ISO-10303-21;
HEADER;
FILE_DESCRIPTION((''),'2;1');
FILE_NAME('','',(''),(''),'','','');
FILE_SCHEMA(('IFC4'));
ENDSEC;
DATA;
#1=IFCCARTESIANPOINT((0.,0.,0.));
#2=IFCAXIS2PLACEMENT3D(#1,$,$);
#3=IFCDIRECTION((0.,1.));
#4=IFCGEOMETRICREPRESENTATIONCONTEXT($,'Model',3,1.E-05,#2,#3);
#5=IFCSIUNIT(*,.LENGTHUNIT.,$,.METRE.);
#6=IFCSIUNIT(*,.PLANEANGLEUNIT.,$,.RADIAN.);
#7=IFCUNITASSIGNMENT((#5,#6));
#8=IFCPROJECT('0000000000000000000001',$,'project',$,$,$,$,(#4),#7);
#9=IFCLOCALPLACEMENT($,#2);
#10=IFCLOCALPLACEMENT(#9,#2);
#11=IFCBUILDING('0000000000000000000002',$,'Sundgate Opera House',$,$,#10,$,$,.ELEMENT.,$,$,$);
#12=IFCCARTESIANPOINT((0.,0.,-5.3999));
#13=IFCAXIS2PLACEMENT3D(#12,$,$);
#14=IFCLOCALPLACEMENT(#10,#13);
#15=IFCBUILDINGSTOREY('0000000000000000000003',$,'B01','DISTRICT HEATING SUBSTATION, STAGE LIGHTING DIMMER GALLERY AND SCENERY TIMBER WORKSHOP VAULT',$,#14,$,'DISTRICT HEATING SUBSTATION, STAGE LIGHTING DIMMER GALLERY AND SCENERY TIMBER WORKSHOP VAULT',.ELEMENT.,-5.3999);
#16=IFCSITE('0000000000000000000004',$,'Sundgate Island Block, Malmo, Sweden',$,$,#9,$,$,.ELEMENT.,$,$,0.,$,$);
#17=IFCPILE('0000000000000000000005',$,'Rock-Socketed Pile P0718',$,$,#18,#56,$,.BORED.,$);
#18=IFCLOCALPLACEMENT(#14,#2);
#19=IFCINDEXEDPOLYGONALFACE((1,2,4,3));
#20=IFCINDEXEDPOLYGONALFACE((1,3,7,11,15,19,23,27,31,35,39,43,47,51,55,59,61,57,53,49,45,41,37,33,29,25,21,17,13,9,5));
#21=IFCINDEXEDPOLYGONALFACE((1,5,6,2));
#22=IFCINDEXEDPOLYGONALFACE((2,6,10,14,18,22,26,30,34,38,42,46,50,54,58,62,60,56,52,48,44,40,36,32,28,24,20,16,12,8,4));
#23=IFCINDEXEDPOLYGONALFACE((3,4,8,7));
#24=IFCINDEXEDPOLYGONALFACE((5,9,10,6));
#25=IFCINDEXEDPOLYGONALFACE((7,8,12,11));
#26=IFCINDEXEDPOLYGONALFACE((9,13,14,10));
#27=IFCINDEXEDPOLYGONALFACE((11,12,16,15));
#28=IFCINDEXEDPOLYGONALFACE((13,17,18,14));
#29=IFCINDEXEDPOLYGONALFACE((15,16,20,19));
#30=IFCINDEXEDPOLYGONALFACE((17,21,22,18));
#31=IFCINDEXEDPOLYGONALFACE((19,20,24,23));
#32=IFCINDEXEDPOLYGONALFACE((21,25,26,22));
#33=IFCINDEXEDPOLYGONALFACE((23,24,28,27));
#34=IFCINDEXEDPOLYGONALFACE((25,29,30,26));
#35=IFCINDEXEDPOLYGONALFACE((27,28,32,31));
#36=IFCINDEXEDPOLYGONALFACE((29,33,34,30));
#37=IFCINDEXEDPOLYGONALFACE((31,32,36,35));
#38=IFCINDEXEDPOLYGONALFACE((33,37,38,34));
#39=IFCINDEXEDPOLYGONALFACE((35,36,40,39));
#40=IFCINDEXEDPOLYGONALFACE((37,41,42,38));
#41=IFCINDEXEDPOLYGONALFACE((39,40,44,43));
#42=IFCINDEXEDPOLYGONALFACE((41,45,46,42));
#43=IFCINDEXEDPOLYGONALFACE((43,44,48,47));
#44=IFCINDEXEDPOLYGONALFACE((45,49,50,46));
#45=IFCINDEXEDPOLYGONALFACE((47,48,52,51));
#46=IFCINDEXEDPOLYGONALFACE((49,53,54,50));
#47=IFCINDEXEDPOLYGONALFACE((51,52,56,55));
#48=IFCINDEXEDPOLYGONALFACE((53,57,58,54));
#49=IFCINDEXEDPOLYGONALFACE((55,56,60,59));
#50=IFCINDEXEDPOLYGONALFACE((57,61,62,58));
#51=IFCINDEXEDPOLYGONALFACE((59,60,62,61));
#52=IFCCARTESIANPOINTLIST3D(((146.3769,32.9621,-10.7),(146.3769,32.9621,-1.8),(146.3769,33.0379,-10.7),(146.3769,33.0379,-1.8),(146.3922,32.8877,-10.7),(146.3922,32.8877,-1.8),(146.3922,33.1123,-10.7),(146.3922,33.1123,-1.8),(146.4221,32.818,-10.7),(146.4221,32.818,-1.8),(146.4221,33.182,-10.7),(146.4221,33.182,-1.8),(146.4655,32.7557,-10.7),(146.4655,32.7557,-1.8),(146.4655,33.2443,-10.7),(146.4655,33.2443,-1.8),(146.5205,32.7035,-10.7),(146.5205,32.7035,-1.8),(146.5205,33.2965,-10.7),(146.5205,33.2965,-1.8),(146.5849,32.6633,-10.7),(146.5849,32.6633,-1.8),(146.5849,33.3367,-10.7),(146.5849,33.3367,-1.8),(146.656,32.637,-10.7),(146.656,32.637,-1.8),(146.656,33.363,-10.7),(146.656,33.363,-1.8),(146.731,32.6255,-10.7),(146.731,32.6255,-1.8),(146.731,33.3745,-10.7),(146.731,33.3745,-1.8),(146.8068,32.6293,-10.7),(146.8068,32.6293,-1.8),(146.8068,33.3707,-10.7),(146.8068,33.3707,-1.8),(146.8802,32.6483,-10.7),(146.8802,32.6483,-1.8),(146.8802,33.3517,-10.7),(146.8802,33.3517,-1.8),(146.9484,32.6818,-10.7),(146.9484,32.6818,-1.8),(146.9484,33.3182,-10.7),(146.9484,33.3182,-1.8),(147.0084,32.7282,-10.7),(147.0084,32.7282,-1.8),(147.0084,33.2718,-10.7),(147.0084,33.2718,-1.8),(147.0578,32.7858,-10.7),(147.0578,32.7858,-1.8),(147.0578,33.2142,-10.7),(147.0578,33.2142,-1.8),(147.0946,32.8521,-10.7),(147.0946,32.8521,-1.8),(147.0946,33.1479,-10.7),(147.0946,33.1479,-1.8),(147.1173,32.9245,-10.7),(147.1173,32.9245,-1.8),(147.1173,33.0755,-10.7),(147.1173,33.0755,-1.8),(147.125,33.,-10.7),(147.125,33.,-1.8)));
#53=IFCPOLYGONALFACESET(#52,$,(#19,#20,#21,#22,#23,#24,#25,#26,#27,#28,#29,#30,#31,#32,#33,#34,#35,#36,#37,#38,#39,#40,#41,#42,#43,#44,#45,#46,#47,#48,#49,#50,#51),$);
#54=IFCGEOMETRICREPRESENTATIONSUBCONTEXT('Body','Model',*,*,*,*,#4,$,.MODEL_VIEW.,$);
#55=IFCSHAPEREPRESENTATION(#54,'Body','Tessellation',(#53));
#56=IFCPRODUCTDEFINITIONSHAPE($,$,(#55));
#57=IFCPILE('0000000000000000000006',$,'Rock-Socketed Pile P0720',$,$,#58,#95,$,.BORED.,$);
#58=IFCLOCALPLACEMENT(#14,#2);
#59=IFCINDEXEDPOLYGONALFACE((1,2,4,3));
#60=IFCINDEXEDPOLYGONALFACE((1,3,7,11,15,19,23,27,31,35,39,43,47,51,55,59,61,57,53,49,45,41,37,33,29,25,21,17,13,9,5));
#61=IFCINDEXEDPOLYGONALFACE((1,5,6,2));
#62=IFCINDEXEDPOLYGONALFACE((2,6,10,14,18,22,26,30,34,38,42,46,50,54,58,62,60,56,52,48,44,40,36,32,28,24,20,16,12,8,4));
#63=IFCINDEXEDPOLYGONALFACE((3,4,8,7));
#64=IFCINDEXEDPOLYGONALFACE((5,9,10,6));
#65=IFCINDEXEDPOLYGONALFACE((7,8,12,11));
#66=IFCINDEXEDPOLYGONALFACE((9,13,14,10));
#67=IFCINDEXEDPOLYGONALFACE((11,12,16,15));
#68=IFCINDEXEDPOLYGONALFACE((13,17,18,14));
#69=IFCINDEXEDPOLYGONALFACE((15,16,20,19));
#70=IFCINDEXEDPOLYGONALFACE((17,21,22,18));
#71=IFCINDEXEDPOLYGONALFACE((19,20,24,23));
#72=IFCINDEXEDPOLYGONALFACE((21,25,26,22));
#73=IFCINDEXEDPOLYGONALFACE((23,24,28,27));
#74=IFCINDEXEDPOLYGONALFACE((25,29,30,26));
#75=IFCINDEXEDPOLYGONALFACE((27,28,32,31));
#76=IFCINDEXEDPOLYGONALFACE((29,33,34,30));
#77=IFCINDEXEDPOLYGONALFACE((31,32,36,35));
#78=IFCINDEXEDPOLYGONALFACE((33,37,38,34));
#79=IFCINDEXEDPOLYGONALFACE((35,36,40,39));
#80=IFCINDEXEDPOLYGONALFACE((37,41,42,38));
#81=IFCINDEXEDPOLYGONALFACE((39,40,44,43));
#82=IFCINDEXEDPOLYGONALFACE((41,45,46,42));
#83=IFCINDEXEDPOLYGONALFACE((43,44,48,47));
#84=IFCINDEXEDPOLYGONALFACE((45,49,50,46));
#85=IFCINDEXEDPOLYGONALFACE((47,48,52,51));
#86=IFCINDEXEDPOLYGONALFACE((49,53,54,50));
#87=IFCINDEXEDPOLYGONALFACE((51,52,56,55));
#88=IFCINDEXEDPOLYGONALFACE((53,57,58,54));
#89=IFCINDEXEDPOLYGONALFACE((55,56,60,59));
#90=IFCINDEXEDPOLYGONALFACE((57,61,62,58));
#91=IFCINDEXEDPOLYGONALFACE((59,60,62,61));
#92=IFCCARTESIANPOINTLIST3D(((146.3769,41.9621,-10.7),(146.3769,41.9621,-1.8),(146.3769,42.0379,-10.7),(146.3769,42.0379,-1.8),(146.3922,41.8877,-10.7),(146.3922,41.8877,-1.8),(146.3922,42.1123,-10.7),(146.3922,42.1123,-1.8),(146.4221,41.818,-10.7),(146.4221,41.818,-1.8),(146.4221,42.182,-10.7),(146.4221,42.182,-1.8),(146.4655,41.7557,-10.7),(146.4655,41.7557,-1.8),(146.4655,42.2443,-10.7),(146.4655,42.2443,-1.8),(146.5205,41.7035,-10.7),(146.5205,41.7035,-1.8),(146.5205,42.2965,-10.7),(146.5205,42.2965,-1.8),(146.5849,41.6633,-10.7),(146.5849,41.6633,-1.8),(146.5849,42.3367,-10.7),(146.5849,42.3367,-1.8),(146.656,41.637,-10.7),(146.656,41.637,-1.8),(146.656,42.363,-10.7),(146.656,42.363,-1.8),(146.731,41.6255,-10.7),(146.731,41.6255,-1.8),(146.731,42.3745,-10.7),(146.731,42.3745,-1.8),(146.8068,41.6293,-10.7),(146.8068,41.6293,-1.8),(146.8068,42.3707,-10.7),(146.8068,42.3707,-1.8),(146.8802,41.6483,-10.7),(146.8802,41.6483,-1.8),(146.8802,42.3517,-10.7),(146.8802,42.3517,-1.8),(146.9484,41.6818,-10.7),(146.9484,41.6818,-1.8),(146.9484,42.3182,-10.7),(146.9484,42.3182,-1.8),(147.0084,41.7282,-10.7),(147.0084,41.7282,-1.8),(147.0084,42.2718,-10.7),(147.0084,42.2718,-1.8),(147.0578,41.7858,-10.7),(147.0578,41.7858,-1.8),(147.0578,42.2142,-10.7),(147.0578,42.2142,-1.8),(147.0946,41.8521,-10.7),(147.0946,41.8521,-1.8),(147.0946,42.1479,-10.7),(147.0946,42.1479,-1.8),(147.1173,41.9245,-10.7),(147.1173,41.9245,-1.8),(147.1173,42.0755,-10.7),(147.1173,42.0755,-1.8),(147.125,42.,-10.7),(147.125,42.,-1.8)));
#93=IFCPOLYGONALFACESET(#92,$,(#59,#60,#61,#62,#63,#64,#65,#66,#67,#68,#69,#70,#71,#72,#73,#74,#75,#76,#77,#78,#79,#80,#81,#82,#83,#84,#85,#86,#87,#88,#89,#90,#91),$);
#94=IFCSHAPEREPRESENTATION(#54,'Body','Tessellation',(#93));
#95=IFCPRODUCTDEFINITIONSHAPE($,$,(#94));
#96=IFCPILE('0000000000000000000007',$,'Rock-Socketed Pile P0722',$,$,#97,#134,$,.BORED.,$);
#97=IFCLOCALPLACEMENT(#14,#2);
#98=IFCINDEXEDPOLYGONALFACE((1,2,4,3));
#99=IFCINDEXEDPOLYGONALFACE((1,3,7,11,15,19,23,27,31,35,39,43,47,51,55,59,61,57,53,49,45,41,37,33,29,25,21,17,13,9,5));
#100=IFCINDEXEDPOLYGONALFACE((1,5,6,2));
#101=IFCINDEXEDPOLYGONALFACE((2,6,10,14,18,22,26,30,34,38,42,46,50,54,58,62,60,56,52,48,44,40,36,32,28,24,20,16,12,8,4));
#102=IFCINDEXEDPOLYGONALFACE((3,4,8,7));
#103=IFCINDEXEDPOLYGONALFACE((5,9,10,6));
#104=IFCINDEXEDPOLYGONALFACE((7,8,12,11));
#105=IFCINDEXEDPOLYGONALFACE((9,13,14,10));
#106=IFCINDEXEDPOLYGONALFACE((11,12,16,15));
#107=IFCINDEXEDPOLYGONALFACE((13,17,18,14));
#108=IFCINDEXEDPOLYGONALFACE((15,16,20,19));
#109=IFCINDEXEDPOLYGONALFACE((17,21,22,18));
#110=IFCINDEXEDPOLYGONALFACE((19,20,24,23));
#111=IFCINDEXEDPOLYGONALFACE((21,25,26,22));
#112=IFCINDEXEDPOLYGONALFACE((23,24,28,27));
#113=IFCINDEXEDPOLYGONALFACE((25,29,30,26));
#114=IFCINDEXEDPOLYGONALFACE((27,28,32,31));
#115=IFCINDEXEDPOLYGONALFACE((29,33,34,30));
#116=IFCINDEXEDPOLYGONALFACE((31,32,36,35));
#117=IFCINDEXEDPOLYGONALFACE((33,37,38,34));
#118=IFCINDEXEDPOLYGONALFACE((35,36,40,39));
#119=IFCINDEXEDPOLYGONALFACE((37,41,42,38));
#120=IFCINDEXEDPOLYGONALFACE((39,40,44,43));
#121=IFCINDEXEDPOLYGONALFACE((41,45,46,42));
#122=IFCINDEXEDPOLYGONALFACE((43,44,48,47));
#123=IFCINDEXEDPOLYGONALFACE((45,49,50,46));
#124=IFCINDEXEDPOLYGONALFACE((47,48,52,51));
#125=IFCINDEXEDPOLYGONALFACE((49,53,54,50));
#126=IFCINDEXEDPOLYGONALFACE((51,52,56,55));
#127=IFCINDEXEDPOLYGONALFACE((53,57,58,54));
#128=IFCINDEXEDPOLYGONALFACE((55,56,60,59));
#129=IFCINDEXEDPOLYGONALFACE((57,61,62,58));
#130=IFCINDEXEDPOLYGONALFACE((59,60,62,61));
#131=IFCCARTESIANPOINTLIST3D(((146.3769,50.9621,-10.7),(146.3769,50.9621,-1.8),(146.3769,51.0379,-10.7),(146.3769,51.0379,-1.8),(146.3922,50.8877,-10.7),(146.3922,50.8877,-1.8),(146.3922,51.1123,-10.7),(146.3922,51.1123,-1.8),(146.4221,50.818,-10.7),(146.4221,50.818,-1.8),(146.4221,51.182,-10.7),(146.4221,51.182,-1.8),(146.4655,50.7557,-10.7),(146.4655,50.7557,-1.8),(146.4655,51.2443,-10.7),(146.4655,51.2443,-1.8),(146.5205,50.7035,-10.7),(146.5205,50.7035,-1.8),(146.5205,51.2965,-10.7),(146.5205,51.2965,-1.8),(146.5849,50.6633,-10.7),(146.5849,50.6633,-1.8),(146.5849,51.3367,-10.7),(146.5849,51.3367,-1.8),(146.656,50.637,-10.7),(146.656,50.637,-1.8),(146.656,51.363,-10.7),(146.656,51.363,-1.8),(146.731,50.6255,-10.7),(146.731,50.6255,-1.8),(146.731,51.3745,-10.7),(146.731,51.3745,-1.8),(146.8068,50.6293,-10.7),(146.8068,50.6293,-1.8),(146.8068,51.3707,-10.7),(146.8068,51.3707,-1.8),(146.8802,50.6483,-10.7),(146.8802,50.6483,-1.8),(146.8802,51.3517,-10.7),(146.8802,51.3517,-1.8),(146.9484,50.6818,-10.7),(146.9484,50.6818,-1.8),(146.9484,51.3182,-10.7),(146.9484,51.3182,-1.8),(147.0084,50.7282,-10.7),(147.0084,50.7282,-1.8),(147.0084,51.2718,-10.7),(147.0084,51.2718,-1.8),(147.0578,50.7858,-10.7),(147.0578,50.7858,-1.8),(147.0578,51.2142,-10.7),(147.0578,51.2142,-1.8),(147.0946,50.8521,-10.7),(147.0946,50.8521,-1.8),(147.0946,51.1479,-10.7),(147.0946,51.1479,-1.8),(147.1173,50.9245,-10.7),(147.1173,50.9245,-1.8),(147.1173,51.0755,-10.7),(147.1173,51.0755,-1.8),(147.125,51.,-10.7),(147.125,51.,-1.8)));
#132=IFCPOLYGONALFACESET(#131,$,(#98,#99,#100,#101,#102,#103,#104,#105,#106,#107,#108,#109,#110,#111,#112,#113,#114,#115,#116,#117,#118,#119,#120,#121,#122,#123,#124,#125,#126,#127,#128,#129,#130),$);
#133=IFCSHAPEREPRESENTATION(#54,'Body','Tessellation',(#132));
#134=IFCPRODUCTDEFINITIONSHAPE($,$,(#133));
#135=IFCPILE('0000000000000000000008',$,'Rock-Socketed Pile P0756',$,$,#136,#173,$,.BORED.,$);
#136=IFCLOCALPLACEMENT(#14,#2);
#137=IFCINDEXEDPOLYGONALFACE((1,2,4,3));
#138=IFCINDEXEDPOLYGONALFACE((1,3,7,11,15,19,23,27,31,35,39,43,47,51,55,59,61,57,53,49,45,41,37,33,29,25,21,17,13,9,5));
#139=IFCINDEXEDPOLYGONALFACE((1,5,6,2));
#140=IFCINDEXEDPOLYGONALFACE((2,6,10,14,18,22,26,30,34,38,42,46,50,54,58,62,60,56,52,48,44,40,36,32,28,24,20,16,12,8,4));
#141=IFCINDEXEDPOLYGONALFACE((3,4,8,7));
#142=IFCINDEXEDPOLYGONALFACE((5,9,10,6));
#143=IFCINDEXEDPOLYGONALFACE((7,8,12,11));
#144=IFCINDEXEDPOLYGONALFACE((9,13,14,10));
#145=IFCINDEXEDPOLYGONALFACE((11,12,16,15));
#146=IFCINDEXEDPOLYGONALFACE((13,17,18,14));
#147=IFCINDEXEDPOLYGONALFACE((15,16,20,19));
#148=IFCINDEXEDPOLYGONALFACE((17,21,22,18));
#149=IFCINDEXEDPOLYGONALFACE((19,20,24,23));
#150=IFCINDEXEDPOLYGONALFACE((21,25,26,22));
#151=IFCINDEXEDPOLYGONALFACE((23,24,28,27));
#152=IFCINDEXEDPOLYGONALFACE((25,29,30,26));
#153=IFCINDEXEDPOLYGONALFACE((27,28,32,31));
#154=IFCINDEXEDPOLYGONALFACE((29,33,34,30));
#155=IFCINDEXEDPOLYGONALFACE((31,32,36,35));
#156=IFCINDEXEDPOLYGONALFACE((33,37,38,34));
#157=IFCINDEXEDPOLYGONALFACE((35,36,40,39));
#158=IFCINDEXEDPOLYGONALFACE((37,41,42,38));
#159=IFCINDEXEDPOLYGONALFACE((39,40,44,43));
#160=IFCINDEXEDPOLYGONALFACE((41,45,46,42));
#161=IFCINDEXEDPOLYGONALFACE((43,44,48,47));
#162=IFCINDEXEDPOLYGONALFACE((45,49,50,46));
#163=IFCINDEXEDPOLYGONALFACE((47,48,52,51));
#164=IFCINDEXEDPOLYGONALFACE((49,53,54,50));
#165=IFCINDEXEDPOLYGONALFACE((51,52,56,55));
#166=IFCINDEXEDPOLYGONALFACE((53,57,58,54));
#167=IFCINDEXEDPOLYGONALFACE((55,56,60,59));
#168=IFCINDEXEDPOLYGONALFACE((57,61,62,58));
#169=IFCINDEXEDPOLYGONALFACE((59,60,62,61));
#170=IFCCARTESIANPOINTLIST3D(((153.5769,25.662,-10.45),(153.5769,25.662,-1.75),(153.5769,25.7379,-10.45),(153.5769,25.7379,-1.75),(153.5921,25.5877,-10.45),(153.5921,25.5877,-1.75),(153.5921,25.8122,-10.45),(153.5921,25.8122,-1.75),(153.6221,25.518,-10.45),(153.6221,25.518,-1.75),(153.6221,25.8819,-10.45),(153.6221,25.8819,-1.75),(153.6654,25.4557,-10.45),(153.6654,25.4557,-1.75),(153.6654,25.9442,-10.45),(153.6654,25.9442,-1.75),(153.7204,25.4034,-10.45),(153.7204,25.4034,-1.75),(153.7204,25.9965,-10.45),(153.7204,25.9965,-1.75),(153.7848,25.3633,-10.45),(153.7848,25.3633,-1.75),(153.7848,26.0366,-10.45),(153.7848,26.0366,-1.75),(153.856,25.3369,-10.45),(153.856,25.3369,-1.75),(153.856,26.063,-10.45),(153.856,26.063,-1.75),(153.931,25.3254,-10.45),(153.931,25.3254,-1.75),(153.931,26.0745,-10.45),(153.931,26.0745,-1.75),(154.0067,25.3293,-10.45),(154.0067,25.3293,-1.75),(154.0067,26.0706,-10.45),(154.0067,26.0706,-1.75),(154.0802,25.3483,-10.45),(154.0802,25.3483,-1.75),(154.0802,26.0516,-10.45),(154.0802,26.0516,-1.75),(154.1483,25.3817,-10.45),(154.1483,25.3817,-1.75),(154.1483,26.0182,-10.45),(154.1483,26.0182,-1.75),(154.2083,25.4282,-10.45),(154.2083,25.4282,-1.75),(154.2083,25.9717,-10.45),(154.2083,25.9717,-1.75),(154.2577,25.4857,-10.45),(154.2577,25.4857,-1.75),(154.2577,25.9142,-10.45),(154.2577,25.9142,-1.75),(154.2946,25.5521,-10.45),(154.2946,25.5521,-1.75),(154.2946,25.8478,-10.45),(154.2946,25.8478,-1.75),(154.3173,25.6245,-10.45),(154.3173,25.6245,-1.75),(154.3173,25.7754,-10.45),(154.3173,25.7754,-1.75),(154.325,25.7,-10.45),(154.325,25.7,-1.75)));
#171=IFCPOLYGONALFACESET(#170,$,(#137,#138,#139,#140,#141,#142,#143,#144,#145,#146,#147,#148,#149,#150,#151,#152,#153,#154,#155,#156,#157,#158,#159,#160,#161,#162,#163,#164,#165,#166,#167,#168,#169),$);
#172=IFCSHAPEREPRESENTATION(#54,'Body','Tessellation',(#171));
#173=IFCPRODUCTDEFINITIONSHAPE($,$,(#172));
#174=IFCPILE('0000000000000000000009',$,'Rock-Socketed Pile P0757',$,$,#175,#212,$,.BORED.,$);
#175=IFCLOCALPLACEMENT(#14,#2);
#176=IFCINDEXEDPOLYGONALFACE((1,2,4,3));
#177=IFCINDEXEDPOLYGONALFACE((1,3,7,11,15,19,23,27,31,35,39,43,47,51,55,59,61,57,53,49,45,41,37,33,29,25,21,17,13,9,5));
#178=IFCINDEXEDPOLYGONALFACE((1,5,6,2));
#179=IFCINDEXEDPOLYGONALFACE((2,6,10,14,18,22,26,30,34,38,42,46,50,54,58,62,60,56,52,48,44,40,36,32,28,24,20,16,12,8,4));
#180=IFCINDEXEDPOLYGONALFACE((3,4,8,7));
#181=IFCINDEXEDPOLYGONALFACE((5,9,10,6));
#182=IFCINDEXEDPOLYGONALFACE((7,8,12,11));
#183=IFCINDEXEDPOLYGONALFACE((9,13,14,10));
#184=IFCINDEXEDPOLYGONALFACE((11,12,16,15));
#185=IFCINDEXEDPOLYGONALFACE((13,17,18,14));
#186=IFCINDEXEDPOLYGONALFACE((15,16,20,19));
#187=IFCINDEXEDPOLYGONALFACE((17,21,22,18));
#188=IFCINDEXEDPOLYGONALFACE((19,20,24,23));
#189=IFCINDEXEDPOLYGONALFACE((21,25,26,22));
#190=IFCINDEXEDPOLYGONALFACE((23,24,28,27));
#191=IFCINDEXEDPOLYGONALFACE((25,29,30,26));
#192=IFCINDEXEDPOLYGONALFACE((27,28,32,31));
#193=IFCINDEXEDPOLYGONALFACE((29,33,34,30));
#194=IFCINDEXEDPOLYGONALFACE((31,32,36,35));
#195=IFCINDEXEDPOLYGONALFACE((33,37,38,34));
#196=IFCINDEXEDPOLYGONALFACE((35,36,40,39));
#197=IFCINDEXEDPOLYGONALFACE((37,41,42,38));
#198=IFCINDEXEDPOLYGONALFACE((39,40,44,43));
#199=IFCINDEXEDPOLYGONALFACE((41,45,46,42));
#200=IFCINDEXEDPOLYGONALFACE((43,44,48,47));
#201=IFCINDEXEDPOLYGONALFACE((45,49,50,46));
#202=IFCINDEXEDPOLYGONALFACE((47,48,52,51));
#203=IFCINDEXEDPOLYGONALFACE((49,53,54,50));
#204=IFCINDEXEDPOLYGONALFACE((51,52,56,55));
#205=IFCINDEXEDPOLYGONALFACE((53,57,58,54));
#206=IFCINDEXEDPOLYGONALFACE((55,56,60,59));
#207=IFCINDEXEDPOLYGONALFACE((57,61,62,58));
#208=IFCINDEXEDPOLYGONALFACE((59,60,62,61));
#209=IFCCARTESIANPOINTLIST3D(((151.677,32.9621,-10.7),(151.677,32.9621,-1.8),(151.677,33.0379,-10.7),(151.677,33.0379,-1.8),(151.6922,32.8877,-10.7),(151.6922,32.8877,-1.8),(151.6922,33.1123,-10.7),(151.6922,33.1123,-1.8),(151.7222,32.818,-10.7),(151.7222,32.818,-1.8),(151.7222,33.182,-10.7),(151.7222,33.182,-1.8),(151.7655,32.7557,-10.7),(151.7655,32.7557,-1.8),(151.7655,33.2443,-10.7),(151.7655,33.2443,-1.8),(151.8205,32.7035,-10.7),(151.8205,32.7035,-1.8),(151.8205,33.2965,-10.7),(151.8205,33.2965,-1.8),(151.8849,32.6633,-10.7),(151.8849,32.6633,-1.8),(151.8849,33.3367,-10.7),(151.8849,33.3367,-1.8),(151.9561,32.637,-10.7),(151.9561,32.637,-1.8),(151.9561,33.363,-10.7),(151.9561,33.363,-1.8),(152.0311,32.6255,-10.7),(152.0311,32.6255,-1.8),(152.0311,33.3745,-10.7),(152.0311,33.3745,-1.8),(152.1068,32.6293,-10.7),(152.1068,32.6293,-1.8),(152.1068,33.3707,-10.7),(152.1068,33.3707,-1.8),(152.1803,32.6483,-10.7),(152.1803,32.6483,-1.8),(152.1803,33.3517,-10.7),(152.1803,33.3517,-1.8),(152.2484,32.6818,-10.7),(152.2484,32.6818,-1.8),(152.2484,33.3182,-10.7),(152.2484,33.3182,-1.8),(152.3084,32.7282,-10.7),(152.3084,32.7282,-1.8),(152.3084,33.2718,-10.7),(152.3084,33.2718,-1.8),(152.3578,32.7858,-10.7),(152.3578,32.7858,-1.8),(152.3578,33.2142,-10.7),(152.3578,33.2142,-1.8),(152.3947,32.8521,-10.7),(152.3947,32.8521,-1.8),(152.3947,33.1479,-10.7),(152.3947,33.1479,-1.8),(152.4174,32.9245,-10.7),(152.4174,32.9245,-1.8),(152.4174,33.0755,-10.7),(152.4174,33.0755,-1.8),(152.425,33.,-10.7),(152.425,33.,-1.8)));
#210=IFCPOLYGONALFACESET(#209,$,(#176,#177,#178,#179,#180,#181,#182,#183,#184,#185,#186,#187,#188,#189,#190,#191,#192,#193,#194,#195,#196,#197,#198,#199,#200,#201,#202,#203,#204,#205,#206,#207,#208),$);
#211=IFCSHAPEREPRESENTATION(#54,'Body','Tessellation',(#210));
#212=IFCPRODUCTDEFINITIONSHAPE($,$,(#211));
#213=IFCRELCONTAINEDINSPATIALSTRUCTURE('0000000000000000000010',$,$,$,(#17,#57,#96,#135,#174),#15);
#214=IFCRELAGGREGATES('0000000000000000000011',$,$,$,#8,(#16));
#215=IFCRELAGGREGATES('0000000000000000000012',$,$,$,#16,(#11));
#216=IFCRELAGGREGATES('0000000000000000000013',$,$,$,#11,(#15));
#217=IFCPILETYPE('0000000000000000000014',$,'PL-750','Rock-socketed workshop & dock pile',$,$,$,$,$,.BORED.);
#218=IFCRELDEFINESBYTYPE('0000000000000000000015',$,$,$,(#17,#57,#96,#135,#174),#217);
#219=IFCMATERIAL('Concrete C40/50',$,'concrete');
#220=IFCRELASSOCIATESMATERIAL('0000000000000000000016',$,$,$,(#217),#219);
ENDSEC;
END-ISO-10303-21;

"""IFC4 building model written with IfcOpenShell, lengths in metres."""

from ifc_helpers import new_model, si_unit, direction, frame, origin, origin_2d, place, context, subcontext, project, spatial, circle, extrude, material, material_profile, profile_set, type_object, element, save


model = new_model("IFC4")

# Units and contexts
model_context = context("Model", 3, precision=1e-05, world=origin(), true_north=direction((0.0, 1.0)))
body_context = subcontext(model_context, "Body", "Model", "MODEL_VIEW")
ifc_project = project(units=[si_unit("LENGTHUNIT", "METRE"), si_unit("PLANEANGLEUNIT", "RADIAN")], contexts=[model_context])

# Site, building, storey
site_placement = place(None, origin())
site = spatial("IfcSite", under=ifc_project, at=site_placement, Name="Sundgate Island Block, Malmo, Sweden", CompositionType="ELEMENT", RefElevation=0.0)
building_placement = place(site_placement, origin())
building = spatial("IfcBuilding", under=site, at=building_placement, Name="Sundgate Opera House", CompositionType="ELEMENT")
storey_placement = place(building_placement, frame((0.0, 0.0, -5.3999)))
storey = spatial("IfcBuildingStorey", under=building, at=storey_placement, Name="B01", Description="DISTRICT HEATING SUBSTATION, STAGE LIGHTING DIMMER GALLERY AND SCENERY TIMBER WORKSHOP VAULT", LongName="DISTRICT HEATING SUBSTATION, STAGE LIGHTING DIMMER GALLERY AND SCENERY TIMBER WORKSHOP VAULT", CompositionType="ELEMENT", Elevation=-5.3999)

# Piles
ifc_material_1 = material(Name="Concrete C40/50", Category="concrete")
ifc_material_profile_1 = material_profile(ifc_material_1, circle(Radius=0.375, at=origin_2d()), Name="PILE D750")
ifc_profile_set_1 = profile_set([ifc_material_profile_1], Name="Concrete C40/50")
pile_type = type_object("IfcPileType", Name="PL-750", Description="Rock-socketed workshop & dock pile", PredefinedType="BORED", material=ifc_profile_set_1)
for number, where, z_axis, x_axis, name in (
    (1, (146.75, 33.0, -1.8), (0.0, 0.0, -1.0), (1.0, 0.0, 0.0), "Rock-Socketed Pile P0718"),
    (2, (146.75, 42.0, -1.8), (0.0, 0.0, -1.0), (1.0, 0.0, 0.0), "Rock-Socketed Pile P0720"),
    (3, (146.75, 51.0, -1.8), (0.0, 0.0, -1.0), (1.0, 0.0, 0.0), "Rock-Socketed Pile P0722"),
):
    element("IfcPile", number, at=place(storey_placement, frame(where, z_axis=z_axis, x_axis=x_axis)), inside=storey, type_object=pile_type, Name=name, PredefinedType="BORED", context=body_context, shape_type="SweptSolid", body=[
        extrude(circle(Radius=0.375, at=origin_2d()), origin(), (0.0, 0.0, 1.0), 8.8999),
    ])
pile_placement = place(storey_placement, frame((153.95, 25.7, -1.75), z_axis=(0.0, 0.0, -1.0), x_axis=(1.0, 0.0, 0.0)))
element("IfcPile", 4, at=pile_placement, inside=storey, type_object=pile_type, Name="Rock-Socketed Pile P0756", PredefinedType="BORED", context=body_context, shape_type="SweptSolid", body=[
    extrude(circle(Radius=0.375, at=origin_2d()), origin(), (0.0, 0.0, 1.0), 8.7),
])
for number, where, z_axis, x_axis, name in (
    (5, (152.05, 33.0, -1.8), (0.0, 0.0, -1.0), (1.0, 0.0, 0.0), "Rock-Socketed Pile P0757"),
):
    element("IfcPile", number, at=place(storey_placement, frame(where, z_axis=z_axis, x_axis=x_axis)), inside=storey, type_object=pile_type, Name=name, PredefinedType="BORED", context=body_context, shape_type="SweptSolid", body=[
        extrude(circle(Radius=0.375, at=origin_2d()), origin(), (0.0, 0.0, 1.0), 8.8999),
    ])

save(model, "model.ifc")
